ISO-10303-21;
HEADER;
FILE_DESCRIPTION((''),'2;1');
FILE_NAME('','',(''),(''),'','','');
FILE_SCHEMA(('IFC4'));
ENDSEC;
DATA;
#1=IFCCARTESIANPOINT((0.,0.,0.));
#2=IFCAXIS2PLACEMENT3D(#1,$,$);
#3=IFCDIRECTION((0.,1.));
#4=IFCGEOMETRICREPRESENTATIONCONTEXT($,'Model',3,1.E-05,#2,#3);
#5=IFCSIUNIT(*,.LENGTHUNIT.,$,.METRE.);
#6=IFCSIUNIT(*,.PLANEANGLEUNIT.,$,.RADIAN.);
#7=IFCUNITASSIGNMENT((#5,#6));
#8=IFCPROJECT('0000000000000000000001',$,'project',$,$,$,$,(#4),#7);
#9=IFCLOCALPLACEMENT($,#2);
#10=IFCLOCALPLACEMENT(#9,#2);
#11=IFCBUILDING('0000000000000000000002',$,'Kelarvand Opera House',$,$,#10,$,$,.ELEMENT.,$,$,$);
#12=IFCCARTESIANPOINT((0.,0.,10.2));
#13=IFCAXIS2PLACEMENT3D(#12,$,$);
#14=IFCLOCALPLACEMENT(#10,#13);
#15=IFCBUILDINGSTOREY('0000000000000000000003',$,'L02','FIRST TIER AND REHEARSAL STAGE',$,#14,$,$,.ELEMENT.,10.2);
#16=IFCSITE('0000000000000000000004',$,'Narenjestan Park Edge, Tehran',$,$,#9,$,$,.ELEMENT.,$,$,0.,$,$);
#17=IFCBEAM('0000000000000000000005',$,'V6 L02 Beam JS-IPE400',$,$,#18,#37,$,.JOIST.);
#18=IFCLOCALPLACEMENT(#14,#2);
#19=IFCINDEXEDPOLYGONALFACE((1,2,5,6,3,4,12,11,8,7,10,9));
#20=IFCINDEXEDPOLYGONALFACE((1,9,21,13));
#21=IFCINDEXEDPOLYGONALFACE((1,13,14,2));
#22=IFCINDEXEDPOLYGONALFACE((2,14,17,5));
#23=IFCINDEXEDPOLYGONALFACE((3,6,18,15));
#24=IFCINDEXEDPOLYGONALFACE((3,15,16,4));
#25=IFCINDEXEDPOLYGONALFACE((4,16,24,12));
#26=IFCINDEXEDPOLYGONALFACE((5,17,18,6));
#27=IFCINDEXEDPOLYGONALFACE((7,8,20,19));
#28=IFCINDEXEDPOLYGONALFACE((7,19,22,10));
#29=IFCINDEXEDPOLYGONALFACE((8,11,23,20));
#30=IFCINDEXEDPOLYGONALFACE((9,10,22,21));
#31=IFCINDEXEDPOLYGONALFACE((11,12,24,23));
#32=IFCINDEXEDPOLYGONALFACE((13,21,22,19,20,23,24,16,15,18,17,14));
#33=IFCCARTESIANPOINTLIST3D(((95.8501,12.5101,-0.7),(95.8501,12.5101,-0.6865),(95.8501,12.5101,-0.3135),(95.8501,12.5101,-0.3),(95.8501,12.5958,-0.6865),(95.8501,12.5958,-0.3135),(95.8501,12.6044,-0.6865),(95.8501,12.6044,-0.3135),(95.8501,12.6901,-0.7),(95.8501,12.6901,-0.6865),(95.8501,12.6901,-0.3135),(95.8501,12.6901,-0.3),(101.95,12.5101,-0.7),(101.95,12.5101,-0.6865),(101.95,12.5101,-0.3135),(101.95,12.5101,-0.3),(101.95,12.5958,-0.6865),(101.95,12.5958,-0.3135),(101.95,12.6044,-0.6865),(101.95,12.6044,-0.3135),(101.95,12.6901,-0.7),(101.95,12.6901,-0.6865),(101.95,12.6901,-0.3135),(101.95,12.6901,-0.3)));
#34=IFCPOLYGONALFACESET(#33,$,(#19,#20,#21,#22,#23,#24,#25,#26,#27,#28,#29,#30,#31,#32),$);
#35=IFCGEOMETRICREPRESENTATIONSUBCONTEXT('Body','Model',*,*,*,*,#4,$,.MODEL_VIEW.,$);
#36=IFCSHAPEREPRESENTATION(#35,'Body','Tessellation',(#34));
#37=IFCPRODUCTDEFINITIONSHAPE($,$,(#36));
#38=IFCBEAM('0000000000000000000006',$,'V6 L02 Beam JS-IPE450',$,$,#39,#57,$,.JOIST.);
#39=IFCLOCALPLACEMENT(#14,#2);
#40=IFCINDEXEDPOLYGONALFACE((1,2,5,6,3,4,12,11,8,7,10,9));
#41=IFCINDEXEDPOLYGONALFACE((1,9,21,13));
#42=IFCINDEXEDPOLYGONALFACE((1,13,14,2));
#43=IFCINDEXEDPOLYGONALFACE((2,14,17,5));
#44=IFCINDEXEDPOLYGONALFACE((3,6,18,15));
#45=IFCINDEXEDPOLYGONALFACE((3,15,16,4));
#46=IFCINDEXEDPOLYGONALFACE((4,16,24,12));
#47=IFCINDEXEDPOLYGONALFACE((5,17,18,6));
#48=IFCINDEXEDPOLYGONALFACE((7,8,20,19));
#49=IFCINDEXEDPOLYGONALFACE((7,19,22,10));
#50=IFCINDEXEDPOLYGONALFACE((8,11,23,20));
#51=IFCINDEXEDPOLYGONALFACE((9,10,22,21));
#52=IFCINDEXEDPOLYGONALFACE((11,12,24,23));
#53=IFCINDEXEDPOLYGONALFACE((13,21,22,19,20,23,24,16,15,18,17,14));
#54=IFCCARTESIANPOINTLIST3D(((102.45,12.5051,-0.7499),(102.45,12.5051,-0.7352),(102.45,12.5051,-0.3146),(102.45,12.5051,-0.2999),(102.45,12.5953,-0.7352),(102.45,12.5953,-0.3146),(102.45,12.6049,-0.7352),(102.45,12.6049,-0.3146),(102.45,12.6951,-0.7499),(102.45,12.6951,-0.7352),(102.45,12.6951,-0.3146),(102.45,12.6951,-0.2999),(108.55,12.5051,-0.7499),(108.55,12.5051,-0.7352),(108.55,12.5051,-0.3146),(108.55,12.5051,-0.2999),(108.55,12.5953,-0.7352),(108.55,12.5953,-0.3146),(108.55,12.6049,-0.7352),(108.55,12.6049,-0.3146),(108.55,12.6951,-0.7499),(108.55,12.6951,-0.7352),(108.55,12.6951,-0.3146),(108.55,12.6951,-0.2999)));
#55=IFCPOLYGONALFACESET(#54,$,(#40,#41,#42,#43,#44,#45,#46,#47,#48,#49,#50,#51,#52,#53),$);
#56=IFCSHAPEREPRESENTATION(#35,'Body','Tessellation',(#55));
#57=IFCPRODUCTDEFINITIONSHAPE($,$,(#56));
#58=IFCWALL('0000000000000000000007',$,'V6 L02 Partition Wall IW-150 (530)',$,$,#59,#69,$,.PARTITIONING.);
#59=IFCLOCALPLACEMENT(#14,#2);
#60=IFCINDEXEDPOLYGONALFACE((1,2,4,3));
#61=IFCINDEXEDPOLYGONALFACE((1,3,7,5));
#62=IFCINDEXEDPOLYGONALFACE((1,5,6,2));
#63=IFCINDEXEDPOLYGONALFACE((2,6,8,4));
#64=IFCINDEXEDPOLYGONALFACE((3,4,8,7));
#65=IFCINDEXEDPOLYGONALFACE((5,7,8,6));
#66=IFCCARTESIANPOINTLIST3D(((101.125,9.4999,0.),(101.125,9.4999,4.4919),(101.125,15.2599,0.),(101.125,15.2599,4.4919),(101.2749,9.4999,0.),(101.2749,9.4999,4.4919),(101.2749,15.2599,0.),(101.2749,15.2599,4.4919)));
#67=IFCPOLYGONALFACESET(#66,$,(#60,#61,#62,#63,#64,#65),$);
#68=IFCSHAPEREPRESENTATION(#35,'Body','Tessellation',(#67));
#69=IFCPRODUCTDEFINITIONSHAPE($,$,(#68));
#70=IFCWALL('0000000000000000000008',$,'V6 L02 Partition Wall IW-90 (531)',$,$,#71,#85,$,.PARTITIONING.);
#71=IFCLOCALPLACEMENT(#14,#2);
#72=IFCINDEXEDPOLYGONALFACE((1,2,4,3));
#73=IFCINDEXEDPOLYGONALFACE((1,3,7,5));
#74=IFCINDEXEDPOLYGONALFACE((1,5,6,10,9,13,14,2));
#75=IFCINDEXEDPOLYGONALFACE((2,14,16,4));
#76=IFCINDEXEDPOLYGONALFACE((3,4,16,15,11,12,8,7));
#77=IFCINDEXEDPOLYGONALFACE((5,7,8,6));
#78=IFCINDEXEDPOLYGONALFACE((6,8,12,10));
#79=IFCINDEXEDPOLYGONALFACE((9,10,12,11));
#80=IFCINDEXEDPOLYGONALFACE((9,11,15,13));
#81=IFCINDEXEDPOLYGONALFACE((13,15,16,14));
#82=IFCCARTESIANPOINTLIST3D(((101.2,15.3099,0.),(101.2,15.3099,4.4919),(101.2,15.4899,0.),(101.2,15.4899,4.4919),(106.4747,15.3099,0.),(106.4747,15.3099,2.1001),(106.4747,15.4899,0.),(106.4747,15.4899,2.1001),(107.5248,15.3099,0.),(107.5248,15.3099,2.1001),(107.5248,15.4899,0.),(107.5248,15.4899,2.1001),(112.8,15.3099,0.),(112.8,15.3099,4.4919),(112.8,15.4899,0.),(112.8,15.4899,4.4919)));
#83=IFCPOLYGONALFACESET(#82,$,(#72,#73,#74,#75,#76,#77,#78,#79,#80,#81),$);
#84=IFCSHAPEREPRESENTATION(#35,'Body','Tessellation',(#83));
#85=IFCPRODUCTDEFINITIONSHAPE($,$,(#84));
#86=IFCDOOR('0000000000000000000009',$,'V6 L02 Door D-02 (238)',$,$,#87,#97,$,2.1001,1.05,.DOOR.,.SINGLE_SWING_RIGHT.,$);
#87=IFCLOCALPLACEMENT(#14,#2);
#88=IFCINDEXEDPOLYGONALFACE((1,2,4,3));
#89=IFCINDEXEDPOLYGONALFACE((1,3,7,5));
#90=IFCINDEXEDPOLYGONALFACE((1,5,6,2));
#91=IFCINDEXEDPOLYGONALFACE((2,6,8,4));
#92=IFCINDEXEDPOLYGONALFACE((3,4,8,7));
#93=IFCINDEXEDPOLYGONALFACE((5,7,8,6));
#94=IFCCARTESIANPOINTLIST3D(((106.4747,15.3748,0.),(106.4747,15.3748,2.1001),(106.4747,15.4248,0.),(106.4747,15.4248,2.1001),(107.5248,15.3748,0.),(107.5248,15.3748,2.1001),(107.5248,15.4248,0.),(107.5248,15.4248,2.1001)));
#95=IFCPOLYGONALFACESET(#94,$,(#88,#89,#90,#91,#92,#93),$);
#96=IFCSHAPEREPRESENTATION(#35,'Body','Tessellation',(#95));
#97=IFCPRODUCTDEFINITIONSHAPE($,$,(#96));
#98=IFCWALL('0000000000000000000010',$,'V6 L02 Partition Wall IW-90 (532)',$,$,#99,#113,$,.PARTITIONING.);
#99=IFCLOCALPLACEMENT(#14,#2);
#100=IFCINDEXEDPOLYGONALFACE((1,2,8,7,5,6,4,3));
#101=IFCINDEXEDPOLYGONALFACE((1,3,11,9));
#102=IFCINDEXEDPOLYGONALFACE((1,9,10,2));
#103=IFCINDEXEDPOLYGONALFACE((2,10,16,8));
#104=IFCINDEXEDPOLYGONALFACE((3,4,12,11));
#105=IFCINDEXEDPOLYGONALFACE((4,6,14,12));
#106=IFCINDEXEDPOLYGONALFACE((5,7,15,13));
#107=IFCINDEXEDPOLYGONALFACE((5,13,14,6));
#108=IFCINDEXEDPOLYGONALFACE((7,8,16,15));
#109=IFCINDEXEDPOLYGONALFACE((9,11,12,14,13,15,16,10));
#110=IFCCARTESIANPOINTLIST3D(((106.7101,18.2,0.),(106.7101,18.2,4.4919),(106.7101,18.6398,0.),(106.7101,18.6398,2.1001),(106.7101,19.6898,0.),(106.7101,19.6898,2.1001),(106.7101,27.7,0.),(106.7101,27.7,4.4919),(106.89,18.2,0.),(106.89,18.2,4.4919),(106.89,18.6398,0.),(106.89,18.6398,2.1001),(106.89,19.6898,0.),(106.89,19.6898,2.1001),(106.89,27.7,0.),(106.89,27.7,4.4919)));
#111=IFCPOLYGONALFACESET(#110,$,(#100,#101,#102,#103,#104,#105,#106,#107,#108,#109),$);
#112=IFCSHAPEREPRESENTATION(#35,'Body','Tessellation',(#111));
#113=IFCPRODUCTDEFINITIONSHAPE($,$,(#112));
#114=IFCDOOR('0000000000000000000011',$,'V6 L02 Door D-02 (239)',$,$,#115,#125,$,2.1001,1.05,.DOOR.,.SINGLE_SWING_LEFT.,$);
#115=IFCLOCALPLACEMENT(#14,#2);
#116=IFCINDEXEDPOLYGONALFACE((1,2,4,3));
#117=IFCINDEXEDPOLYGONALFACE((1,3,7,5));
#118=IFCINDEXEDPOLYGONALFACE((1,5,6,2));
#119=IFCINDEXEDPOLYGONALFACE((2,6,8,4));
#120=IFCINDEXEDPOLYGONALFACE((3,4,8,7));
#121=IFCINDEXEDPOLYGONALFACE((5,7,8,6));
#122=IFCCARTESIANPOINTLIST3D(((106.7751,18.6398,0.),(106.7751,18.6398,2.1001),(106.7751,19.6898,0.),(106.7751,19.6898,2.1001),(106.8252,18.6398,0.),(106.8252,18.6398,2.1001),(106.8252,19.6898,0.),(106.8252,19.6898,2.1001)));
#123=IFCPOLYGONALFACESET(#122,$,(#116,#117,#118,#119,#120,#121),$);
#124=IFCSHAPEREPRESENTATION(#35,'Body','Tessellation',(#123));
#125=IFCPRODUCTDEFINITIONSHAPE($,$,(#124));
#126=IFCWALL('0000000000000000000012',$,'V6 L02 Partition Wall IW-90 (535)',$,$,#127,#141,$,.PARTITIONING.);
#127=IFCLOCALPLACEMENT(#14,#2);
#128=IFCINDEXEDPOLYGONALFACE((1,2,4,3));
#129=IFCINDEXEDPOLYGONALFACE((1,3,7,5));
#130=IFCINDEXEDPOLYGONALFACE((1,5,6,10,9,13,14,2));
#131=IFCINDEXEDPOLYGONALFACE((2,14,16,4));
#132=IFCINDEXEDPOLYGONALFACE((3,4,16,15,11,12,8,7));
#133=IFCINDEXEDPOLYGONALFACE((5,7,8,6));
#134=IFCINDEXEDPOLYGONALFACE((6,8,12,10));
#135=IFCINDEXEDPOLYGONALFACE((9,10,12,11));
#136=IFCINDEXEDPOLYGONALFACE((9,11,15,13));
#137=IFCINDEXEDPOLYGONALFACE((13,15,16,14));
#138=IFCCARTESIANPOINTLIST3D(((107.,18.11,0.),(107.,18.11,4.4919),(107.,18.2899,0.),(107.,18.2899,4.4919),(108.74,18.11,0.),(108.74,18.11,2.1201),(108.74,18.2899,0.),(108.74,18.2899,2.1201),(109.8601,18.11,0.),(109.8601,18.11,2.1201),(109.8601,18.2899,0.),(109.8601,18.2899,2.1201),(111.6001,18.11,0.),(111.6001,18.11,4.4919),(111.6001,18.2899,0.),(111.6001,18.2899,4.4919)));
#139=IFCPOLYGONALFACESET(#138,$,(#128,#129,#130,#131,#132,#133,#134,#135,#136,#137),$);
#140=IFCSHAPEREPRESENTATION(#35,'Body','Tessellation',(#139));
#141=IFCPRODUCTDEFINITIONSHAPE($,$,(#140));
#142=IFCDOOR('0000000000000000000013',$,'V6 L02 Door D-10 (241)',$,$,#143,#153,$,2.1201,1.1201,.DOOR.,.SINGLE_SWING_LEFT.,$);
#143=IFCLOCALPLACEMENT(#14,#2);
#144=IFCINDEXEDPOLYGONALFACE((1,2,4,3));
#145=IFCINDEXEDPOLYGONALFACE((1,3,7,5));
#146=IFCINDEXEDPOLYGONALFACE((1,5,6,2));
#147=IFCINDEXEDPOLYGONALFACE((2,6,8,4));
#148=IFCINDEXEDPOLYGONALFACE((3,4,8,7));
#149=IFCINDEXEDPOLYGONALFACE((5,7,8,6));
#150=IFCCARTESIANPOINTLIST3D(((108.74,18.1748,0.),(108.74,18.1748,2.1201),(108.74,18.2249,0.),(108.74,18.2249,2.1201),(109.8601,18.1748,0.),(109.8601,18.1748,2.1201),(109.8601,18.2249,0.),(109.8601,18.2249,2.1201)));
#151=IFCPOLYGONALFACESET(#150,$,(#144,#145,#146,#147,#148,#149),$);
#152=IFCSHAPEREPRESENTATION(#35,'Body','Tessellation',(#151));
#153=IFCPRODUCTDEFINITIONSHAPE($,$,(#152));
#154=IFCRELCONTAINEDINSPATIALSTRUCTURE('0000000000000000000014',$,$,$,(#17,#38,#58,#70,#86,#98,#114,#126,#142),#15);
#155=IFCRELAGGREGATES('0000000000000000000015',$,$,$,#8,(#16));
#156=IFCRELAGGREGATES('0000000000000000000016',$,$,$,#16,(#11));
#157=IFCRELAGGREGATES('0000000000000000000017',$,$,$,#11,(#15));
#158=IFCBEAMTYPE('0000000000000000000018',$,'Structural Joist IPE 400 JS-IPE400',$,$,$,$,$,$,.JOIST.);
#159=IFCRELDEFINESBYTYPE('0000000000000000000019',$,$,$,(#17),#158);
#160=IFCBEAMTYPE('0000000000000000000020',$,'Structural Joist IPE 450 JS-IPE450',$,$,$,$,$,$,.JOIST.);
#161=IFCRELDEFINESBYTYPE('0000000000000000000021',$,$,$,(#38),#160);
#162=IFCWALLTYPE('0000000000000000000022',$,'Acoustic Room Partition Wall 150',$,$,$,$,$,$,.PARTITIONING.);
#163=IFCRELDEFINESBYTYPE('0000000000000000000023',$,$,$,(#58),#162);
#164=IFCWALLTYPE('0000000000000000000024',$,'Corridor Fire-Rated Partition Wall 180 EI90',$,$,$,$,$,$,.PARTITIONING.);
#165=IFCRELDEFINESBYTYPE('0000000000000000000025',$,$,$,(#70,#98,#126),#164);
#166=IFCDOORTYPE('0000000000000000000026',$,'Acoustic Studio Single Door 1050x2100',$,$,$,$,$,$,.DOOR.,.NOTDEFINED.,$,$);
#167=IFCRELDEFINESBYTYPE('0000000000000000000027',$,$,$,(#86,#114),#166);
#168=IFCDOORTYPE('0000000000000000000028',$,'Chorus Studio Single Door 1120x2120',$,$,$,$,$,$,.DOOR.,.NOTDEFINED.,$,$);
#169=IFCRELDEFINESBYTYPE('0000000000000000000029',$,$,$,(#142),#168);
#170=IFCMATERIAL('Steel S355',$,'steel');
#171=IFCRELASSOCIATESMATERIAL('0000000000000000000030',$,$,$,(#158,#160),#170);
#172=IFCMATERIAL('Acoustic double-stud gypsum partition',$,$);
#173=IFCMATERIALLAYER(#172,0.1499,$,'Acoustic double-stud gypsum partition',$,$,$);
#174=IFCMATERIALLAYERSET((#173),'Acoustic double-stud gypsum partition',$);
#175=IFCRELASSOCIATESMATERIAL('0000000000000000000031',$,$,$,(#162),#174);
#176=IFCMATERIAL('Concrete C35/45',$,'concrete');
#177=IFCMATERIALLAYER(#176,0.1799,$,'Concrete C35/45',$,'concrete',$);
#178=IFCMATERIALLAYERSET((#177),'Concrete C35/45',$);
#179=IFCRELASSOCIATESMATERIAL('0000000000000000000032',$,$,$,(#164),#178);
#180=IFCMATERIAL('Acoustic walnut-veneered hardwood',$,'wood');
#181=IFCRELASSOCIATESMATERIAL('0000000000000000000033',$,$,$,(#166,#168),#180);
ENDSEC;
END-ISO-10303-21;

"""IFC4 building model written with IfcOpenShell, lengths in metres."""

from ifc_helpers import new_model, si_unit, direction, frame, frame_2d, origin, origin_2d, place, context, subcontext, project, spatial, rectangle, i_section, extrude, material, layer, layer_set, material_profile, profile_set, type_object, element, fill, save


model = new_model("IFC4")

# Units and contexts
model_context = context("Model", 3, precision=1e-05, world=origin(), true_north=direction((0.0, 1.0)))
body_context = subcontext(model_context, "Body", "Model", "MODEL_VIEW")
ifc_project = project(units=[si_unit("LENGTHUNIT", "METRE"), si_unit("PLANEANGLEUNIT", "RADIAN")], contexts=[model_context])

# Site, building, storey
site_placement = place(None, origin())
site = spatial("IfcSite", under=ifc_project, at=site_placement, Name="Narenjestan Park Edge, Tehran", CompositionType="ELEMENT", RefElevation=0.0)
building_placement = place(site_placement, origin())
building = spatial("IfcBuilding", under=site, at=building_placement, Name="Kelarvand Opera House", CompositionType="ELEMENT")
storey_placement = place(building_placement, frame((0.0, 0.0, 10.2)))
storey = spatial("IfcBuildingStorey", under=building, at=storey_placement, Name="L02", Description="FIRST TIER AND REHEARSAL STAGE", CompositionType="ELEMENT", Elevation=10.2)

# Beams
ifc_material_1 = material(Name="Steel S355", Category="steel")
ifc_material_profile_1 = material_profile(ifc_material_1, i_section(OverallWidth=0.1799, OverallDepth=0.3999, WebThickness=0.0085, FlangeThickness=0.0134, at=origin_2d()), Name="IPE 400", Category="steel")
ifc_profile_set_1 = profile_set([ifc_material_profile_1], Name="Steel S355")
beam_type_1 = type_object("IfcBeamType", Name="Structural Joist IPE 400 JS-IPE400", PredefinedType="JOIST", material=ifc_profile_set_1)
beam_1_placement = place(storey_placement, frame((95.8501, 12.6001, -0.5), z_axis=(1.0, 0.0, 0.0), x_axis=(0.0, 1.0, 0.0)))
element("IfcBeam", 1, at=beam_1_placement, inside=storey, type_object=beam_type_1, Name="V6 L02 Beam JS-IPE400", PredefinedType="JOIST", context=body_context, shape_type="SweptSolid", body=[
    extrude(i_section(OverallWidth=0.1799, OverallDepth=0.3999, WebThickness=0.0085, FlangeThickness=0.0134, at=origin_2d()), origin(), (0.0, 0.0, 1.0), 6.0999),
])
ifc_material_profile_2 = material_profile(ifc_material_1, i_section(OverallWidth=0.1899, OverallDepth=0.45, WebThickness=0.0095, FlangeThickness=0.0146, at=origin_2d()), Name="IPE 450", Category="steel")
ifc_profile_set_2 = profile_set([ifc_material_profile_2], Name="Steel S355")
beam_type_2 = type_object("IfcBeamType", Name="Structural Joist IPE 450 JS-IPE450", PredefinedType="JOIST", material=ifc_profile_set_2)
beam_2_placement = place(storey_placement, frame((102.45, 12.6001, -0.5249), z_axis=(1.0, 0.0, 0.0), x_axis=(0.0, 1.0, 0.0)))
element("IfcBeam", 2, at=beam_2_placement, inside=storey, type_object=beam_type_2, Name="V6 L02 Beam JS-IPE450", PredefinedType="JOIST", context=body_context, shape_type="SweptSolid", body=[
    extrude(i_section(OverallWidth=0.1899, OverallDepth=0.45, WebThickness=0.0095, FlangeThickness=0.0146, at=origin_2d()), origin(), (0.0, 0.0, 1.0), 6.1001),
])

# Wall
ifc_material_2 = material(Name="Acoustic double-stud gypsum partition")
ifc_layer_1 = layer(ifc_material_2, 0.1499, Name="Acoustic double-stud gypsum partition")
ifc_layer_set_1 = layer_set([ifc_layer_1], Name="Acoustic double-stud gypsum partition")
wall_type_1 = type_object("IfcWallType", Name="Acoustic Room Partition Wall 150", PredefinedType="PARTITIONING", material=ifc_layer_set_1)
wall_1_placement = place(storey_placement, frame((101.2, 9.5, 0.0), z_axis=(0.0, 0.0, 1.0), x_axis=(0.0, 1.0, 0.0)))
element("IfcWall", 3, at=wall_1_placement, inside=storey, type_object=wall_type_1, Name="V6 L02 Partition Wall IW-150 (530)", PredefinedType="PARTITIONING", context=body_context, shape_type="SweptSolid", body=[
    extrude(rectangle(XDim=5.76, YDim=0.1499, at=frame_2d((2.8799, 0.0))), origin(), (0.0, 0.0, 1.0), 4.4919),
])

# Walls, openings, doors
ifc_material_3 = material(Name="Concrete C35/45", Category="concrete")
ifc_layer_2 = layer(ifc_material_3, 0.1799, Name="Concrete C35/45", Category="concrete")
ifc_layer_set_2 = layer_set([ifc_layer_2], Name="Concrete C35/45")
wall_type_2 = type_object("IfcWallType", Name="Corridor Fire-Rated Partition Wall 180 EI90", PredefinedType="PARTITIONING", material=ifc_layer_set_2)
wall_2_placement = place(storey_placement, frame((101.2, 15.3999, 0.0), z_axis=(0.0, 0.0, 1.0), x_axis=(1.0, 0.0, 0.0)))
wall_2 = element("IfcWall", 4, at=wall_2_placement, inside=storey, type_object=wall_type_2, Name="V6 L02 Partition Wall IW-90 (531)", PredefinedType="PARTITIONING", context=body_context, shape_type="SweptSolid", body=[
    extrude(rectangle(XDim=11.6001, YDim=0.1799, at=frame_2d((5.8, 0.0))), origin(), (0.0, 0.0, 1.0), 4.4919),
])
opening_1_placement = place(wall_2_placement, frame((5.2749, 0.0, 0.0)))
opening_1 = element("IfcOpeningElement", 5, at=opening_1_placement, cuts=wall_2, PredefinedType="OPENING", context=body_context, shape_type="SweptSolid", body=[
    extrude(rectangle(XDim=1.05, YDim=2.1001, at=frame_2d((0.5249, 1.05))), frame((0.0, 0.1001, 0.0), z_axis=(0.0, -1.0, 0.0), x_axis=(1.0, 0.0, 0.0)), (0.0, 0.0, 1.0), 0.2),
])
ifc_material_4 = material(Name="Acoustic walnut-veneered hardwood", Category="wood")
door_type_1 = type_object("IfcDoorType", Name="Acoustic Studio Single Door 1050x2100", OperationType="NOTDEFINED", PredefinedType="DOOR", material=ifc_material_4)
door_1_placement = place(opening_1_placement, origin())
door_1 = element("IfcDoor", 6, at=door_1_placement, inside=storey, type_object=door_type_1, Name="V6 L02 Door D-02 (238)", OperationType="SINGLE_SWING_RIGHT", OverallHeight=2.1001, OverallWidth=1.05, PredefinedType="DOOR", context=body_context, shape_type="SweptSolid", body=[
    extrude(rectangle(XDim=1.05, YDim=2.1001, at=frame_2d((0.5249, 1.05))), frame((0.0, 0.0249, 0.0), z_axis=(0.0, -1.0, 0.0), x_axis=(1.0, 0.0, 0.0)), (0.0, 0.0, 1.0), 0.05),
])
fill(opening_1, door_1)
wall_3_placement = place(storey_placement, frame((106.8, 18.2, 0.0), z_axis=(0.0, 0.0, 1.0), x_axis=(0.0, 1.0, 0.0)))
wall_3 = element("IfcWall", 7, at=wall_3_placement, inside=storey, type_object=wall_type_2, Name="V6 L02 Partition Wall IW-90 (532)", PredefinedType="PARTITIONING", context=body_context, shape_type="SweptSolid", body=[
    extrude(rectangle(XDim=9.5, YDim=0.1799, at=frame_2d((4.75, 0.0))), origin(), (0.0, 0.0, 1.0), 4.4919),
])
opening_2_placement = place(wall_3_placement, frame((0.4399, 0.0, 0.0)))
opening_2 = element("IfcOpeningElement", 8, at=opening_2_placement, cuts=wall_3, PredefinedType="OPENING", context=body_context, shape_type="SweptSolid", body=[
    extrude(rectangle(XDim=1.05, YDim=2.1001, at=frame_2d((0.5249, 1.05))), frame((0.0, 0.1001, 0.0), z_axis=(0.0, -1.0, 0.0), x_axis=(1.0, 0.0, 0.0)), (0.0, 0.0, 1.0), 0.2),
])
door_2_placement = place(opening_2_placement, origin())
door_2 = element("IfcDoor", 9, at=door_2_placement, inside=storey, type_object=door_type_1, Name="V6 L02 Door D-02 (239)", OperationType="SINGLE_SWING_LEFT", OverallHeight=2.1001, OverallWidth=1.05, PredefinedType="DOOR", context=body_context, shape_type="SweptSolid", body=[
    extrude(rectangle(XDim=1.05, YDim=2.1001, at=frame_2d((0.5249, 1.05))), frame((0.0, 0.0249, 0.0), z_axis=(0.0, -1.0, 0.0), x_axis=(1.0, 0.0, 0.0)), (0.0, 0.0, 1.0), 0.05),
])
fill(opening_2, door_2)
wall_4_placement = place(storey_placement, frame((107.0, 18.2, 0.0), z_axis=(0.0, 0.0, 1.0), x_axis=(1.0, 0.0, 0.0)))
wall_4 = element("IfcWall", 10, at=wall_4_placement, inside=storey, type_object=wall_type_2, Name="V6 L02 Partition Wall IW-90 (535)", PredefinedType="PARTITIONING", context=body_context, shape_type="SweptSolid", body=[
    extrude(rectangle(XDim=4.6001, YDim=0.1799, at=frame_2d((2.3, 0.0))), origin(), (0.0, 0.0, 1.0), 4.4919),
])
opening_3_placement = place(wall_4_placement, frame((1.74, 0.0, 0.0)))
opening_3 = element("IfcOpeningElement", 11, at=opening_3_placement, cuts=wall_4, PredefinedType="OPENING", context=body_context, shape_type="SweptSolid", body=[
    extrude(rectangle(XDim=1.1201, YDim=2.1201, at=frame_2d((0.5601, 1.0601))), frame((0.0, 0.1001, 0.0), z_axis=(0.0, -1.0, 0.0), x_axis=(1.0, 0.0, 0.0)), (0.0, 0.0, 1.0), 0.2),
])
door_type_2 = type_object("IfcDoorType", Name="Chorus Studio Single Door 1120x2120", OperationType="NOTDEFINED", PredefinedType="DOOR", material=ifc_material_4)
door_3_placement = place(opening_3_placement, origin())
door_3 = element("IfcDoor", 12, at=door_3_placement, inside=storey, type_object=door_type_2, Name="V6 L02 Door D-10 (241)", OperationType="SINGLE_SWING_LEFT", OverallHeight=2.1201, OverallWidth=1.1201, PredefinedType="DOOR", context=body_context, shape_type="SweptSolid", body=[
    extrude(rectangle(XDim=1.1201, YDim=2.1201, at=frame_2d((0.5601, 1.0601))), frame((0.0, 0.0249, 0.0), z_axis=(0.0, -1.0, 0.0), x_axis=(1.0, 0.0, 0.0)), (0.0, 0.0, 1.0), 0.05),
])
fill(opening_3, door_3)

save(model, "model.ifc")
